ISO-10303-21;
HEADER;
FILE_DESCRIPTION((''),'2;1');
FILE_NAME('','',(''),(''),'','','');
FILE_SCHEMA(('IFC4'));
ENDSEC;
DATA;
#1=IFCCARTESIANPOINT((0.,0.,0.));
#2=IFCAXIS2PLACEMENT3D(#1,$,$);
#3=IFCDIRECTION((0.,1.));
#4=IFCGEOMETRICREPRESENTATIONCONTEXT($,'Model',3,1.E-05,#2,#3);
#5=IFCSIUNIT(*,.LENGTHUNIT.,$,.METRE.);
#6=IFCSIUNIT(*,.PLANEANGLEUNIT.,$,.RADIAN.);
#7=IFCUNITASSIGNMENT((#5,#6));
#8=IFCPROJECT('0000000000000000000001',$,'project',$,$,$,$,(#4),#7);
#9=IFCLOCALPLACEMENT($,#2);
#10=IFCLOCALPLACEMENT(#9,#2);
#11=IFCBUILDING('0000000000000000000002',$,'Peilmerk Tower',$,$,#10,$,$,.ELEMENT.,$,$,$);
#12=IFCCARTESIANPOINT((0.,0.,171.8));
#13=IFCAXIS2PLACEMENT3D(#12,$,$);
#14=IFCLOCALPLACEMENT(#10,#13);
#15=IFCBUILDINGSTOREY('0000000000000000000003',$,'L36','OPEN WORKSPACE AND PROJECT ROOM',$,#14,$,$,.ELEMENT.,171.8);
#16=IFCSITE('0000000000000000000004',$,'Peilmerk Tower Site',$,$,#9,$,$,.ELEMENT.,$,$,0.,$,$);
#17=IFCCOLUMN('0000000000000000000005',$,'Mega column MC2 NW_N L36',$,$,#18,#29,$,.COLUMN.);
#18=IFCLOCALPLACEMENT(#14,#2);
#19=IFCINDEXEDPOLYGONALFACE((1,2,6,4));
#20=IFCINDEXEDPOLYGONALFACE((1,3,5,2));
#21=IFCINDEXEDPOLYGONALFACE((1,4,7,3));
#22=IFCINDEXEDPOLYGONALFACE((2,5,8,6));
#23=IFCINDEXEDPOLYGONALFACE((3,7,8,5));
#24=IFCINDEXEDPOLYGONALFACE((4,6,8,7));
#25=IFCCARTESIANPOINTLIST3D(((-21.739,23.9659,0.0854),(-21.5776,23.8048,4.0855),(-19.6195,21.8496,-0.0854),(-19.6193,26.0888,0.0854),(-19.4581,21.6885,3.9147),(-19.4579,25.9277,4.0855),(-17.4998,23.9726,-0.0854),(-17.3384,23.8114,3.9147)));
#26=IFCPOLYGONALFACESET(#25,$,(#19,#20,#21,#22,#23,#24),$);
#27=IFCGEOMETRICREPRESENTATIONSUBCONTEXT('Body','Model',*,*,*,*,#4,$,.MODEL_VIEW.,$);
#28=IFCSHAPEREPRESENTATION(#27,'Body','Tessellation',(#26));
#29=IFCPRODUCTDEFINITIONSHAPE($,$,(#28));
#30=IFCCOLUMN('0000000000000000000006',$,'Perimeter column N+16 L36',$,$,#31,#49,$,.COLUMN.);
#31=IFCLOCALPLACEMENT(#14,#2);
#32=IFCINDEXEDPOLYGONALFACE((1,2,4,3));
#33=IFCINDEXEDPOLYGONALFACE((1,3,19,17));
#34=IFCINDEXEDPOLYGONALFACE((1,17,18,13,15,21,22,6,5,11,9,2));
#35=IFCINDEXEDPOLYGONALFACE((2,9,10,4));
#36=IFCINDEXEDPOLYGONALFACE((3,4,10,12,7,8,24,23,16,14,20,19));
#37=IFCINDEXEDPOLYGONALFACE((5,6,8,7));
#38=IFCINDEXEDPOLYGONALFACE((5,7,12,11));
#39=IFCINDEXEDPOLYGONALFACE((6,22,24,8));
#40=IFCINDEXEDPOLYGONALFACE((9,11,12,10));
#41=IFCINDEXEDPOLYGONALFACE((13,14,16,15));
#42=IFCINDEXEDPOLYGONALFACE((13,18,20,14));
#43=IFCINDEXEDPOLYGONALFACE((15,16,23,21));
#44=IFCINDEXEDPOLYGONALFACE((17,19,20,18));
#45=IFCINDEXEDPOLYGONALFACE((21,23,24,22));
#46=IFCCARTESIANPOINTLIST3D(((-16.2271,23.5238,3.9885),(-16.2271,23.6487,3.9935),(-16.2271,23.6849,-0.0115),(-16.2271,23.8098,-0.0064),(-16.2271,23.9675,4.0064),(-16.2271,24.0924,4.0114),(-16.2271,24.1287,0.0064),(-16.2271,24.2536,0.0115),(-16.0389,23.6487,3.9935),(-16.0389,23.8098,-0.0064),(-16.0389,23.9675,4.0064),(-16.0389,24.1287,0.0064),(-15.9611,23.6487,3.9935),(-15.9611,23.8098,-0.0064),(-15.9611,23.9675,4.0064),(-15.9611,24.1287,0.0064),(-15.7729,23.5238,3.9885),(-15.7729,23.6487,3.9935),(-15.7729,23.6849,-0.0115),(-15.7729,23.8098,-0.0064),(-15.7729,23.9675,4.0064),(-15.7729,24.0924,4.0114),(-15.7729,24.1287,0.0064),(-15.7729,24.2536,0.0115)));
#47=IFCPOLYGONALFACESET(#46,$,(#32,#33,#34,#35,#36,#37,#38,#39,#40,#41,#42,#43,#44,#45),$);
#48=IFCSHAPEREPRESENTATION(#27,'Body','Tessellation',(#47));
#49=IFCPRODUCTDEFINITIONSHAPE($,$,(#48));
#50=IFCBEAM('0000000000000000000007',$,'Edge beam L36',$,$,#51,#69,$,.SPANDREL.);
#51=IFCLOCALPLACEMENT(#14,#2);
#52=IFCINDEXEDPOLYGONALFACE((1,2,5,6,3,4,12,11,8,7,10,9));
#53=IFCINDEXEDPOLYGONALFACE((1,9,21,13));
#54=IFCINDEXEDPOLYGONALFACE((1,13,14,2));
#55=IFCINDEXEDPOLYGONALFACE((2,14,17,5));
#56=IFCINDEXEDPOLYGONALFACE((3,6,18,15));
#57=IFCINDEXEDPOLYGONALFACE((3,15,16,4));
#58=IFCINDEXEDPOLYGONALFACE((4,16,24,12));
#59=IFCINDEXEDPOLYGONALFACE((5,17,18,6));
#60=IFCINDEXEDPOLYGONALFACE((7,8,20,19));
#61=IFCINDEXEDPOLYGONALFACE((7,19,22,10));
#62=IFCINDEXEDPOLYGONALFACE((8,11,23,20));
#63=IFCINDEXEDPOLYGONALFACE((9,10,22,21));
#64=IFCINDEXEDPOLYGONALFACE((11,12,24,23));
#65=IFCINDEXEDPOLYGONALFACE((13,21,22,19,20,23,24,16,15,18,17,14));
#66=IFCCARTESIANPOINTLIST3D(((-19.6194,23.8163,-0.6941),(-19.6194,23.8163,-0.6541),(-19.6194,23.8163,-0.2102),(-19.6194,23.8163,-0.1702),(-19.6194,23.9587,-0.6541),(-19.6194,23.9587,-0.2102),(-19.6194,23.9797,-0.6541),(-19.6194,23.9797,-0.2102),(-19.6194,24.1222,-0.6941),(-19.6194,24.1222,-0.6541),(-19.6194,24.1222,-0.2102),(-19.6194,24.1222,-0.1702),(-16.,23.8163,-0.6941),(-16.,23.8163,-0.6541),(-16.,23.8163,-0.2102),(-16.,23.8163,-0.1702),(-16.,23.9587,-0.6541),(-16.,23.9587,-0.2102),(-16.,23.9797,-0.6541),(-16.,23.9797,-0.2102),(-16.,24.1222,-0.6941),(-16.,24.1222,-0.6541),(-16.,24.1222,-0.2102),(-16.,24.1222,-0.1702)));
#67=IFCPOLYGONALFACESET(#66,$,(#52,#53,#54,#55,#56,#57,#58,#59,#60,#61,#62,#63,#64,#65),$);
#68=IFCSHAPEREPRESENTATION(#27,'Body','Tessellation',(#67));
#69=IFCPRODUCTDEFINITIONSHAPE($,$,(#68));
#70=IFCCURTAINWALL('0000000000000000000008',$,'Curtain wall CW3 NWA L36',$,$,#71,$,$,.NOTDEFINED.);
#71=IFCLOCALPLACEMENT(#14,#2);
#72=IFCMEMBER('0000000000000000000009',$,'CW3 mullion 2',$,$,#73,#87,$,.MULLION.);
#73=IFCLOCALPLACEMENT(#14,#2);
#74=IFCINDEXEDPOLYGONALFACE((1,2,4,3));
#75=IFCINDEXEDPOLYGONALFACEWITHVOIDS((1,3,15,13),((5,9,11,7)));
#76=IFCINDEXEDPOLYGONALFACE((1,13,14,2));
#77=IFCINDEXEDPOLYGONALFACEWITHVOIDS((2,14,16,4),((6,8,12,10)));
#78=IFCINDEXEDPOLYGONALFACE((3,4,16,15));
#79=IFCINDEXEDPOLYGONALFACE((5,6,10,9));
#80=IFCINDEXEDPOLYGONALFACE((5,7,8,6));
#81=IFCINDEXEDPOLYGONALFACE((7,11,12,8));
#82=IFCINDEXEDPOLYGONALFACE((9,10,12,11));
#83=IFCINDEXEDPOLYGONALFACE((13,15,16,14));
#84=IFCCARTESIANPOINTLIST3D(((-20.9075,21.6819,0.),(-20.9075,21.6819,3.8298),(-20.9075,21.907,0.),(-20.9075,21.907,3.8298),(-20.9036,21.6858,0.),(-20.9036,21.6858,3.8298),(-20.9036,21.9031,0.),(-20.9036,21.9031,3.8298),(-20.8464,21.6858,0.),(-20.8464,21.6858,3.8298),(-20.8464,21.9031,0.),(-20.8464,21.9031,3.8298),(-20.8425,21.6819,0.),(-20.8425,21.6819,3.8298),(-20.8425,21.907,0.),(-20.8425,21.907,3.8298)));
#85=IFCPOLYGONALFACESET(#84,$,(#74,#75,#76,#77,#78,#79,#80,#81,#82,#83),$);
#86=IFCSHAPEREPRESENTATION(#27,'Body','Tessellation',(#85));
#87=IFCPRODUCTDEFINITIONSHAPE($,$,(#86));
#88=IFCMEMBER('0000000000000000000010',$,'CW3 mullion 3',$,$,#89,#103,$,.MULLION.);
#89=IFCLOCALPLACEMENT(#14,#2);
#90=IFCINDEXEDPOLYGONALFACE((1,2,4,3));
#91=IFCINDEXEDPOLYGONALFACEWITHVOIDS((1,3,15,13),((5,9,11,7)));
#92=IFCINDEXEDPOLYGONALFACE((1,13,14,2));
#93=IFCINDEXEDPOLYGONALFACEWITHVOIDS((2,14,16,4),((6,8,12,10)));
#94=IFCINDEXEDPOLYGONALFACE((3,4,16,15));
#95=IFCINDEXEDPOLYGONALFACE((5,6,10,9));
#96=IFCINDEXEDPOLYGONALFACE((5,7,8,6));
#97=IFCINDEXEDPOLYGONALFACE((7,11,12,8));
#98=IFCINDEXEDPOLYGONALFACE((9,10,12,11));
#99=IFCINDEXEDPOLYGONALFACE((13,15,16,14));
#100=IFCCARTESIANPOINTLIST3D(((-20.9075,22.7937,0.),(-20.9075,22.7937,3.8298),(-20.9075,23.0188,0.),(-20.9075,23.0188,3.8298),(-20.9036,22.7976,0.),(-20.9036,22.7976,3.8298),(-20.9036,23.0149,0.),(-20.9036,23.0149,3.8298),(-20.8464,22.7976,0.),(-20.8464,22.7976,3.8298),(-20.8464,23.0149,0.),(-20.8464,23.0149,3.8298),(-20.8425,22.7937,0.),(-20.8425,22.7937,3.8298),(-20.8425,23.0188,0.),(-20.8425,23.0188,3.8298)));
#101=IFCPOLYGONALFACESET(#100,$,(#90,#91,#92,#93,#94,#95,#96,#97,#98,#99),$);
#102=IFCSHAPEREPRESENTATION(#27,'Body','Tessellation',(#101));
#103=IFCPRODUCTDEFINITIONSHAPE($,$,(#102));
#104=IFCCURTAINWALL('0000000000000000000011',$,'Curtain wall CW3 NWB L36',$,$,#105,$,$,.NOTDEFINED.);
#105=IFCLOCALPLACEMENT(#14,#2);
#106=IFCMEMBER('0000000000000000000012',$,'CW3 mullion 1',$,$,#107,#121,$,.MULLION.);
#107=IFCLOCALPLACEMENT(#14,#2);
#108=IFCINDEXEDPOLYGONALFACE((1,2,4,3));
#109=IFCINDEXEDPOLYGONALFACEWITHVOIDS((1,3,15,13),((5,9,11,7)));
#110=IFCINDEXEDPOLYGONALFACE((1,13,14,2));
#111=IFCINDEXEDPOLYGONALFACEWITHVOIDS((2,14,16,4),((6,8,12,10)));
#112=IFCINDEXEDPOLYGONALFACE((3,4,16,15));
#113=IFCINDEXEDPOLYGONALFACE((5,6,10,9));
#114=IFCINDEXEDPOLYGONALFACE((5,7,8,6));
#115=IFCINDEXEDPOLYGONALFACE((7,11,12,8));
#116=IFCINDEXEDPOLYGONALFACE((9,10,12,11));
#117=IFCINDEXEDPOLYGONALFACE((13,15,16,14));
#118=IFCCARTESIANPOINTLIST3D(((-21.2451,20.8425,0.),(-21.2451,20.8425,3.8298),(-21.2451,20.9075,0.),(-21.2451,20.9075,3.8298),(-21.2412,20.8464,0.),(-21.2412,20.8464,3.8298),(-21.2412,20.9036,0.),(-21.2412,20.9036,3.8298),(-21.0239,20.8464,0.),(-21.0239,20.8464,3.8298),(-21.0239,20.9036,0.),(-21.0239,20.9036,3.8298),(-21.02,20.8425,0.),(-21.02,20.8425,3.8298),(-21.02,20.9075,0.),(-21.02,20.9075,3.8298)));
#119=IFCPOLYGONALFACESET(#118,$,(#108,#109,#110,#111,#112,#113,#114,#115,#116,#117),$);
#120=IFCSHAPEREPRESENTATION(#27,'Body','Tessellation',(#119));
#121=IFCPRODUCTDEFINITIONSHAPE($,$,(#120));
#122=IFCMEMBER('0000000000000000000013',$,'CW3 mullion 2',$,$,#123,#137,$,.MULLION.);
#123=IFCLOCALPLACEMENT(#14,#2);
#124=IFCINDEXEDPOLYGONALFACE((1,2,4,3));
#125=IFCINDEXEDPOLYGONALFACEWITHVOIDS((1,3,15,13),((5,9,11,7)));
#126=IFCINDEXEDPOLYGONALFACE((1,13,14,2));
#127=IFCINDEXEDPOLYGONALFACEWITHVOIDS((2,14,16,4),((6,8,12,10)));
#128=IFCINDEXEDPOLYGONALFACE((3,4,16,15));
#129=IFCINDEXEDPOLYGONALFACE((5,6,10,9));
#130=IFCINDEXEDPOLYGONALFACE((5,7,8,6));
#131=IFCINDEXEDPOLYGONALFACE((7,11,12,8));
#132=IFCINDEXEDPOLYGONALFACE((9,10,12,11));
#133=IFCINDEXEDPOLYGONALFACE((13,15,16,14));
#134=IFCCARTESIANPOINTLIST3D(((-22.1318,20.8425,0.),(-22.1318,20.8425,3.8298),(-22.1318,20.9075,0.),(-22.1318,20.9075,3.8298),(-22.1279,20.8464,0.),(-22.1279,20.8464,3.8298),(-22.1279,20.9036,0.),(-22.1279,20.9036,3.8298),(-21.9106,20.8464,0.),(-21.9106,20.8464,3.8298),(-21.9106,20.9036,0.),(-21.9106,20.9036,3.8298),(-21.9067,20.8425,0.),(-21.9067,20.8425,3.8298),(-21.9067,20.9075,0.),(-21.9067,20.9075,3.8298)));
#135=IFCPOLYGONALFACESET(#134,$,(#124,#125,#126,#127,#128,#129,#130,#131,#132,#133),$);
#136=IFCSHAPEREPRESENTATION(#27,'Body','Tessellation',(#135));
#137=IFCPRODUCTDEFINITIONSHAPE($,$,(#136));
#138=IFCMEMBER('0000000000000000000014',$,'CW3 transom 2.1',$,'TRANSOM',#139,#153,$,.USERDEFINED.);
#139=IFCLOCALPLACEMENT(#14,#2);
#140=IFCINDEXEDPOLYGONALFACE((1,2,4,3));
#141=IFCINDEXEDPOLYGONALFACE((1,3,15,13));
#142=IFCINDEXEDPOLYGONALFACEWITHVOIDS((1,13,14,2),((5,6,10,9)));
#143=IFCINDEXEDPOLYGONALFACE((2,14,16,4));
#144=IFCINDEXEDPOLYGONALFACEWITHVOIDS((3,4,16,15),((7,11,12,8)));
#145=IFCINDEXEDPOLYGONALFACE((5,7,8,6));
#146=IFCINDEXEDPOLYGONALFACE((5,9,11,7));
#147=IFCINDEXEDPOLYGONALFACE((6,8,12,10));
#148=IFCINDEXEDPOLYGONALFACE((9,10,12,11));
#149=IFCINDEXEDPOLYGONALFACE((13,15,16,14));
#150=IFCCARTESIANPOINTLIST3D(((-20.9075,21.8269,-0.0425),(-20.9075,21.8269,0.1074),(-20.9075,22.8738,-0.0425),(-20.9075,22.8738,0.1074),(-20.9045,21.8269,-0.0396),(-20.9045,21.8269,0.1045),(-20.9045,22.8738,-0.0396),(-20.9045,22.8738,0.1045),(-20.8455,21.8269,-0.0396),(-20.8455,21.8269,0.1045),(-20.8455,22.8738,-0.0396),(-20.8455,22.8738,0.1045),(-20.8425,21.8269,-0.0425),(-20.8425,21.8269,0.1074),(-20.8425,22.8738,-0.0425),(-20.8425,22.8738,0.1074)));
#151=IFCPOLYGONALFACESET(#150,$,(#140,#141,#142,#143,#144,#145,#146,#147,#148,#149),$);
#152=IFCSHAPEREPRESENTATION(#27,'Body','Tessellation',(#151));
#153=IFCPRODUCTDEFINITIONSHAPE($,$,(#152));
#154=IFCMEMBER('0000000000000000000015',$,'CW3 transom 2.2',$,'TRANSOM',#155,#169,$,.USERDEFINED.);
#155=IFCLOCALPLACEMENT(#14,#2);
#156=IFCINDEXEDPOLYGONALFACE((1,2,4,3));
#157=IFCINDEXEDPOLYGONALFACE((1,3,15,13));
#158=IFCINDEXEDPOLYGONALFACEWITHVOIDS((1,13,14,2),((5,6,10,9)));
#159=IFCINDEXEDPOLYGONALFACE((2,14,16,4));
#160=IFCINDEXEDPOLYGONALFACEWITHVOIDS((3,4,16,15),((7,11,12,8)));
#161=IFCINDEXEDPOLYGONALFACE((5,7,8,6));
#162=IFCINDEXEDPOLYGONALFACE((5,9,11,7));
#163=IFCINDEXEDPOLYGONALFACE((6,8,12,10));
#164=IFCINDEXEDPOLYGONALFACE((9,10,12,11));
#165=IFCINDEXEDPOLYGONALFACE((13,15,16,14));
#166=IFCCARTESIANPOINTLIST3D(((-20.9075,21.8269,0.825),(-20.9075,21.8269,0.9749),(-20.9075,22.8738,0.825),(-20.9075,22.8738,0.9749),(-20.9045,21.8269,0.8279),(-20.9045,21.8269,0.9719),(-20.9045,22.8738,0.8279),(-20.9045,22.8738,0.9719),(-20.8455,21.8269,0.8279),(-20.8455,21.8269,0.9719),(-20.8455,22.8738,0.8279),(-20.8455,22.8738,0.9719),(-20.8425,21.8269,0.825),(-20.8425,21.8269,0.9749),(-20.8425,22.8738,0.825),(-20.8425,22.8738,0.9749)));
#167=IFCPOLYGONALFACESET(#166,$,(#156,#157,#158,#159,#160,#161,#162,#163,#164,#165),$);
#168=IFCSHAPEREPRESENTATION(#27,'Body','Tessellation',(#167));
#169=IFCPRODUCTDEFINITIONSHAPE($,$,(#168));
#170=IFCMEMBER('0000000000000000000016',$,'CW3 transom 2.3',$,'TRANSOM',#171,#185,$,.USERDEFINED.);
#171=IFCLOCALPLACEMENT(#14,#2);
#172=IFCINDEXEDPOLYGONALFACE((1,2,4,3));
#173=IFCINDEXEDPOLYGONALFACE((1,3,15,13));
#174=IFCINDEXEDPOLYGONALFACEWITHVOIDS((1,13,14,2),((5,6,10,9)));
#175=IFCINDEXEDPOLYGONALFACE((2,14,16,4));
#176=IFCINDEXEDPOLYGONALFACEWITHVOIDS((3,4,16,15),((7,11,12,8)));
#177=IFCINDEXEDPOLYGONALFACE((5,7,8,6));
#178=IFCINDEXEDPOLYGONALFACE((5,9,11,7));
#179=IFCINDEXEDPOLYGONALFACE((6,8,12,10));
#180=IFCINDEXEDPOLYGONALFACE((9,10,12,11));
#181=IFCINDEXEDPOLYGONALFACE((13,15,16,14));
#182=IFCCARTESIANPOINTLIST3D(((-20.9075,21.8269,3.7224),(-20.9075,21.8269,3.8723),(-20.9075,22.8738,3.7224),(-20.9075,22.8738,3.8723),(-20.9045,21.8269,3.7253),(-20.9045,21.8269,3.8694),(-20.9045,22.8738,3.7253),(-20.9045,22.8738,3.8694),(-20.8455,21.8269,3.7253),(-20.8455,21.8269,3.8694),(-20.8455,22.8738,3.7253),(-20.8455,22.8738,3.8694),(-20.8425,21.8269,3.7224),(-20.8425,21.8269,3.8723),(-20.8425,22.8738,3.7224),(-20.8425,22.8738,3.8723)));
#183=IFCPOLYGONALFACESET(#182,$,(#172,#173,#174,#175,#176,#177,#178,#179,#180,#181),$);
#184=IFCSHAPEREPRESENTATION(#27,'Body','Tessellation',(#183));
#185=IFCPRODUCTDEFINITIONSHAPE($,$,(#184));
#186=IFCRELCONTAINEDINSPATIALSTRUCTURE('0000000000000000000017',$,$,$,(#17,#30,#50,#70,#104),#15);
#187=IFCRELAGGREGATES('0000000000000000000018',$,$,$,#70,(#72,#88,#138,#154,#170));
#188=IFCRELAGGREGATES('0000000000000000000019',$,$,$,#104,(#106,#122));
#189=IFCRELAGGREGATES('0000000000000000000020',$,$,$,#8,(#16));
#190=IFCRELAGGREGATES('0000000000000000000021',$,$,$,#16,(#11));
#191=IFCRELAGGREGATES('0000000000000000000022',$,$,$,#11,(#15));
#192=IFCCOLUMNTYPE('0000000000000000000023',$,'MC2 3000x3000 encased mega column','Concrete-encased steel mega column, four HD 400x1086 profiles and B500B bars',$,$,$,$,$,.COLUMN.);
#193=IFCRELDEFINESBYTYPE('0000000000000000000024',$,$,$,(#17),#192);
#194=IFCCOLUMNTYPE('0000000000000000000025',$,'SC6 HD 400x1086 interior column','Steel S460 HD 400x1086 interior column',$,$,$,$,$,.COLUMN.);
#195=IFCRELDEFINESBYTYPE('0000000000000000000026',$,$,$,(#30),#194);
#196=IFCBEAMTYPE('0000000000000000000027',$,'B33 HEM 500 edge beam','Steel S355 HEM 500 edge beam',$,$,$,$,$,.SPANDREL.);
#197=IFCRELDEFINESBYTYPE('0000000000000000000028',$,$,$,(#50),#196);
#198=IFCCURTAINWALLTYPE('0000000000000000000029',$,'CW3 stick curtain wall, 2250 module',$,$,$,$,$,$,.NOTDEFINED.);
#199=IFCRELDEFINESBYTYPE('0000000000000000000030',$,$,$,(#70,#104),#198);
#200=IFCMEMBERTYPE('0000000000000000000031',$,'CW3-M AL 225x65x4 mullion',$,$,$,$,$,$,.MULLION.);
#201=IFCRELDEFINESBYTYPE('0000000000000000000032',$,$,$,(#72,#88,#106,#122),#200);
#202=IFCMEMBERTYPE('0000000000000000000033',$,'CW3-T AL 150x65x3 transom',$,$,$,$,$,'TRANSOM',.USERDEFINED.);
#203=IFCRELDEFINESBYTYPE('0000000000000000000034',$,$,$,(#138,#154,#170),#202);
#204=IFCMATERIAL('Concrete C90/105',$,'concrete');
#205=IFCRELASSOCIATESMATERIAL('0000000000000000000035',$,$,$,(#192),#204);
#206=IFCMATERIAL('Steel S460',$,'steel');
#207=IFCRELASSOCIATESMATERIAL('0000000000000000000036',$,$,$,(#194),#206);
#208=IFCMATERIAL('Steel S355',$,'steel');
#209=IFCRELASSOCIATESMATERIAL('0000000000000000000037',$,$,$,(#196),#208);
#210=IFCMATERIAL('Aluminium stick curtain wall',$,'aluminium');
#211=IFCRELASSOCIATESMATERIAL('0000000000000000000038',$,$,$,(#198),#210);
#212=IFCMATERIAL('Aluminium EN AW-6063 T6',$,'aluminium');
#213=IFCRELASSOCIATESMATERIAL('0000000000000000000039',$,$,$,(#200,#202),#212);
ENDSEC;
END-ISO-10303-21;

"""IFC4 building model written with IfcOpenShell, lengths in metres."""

from ifc_helpers import new_model, si_unit, direction, frame, origin, origin_2d, place, context, subcontext, project, spatial, rectangle, hollow_rectangle, i_section, extrude, material, material_profile, profile_set, type_object, element, aggregate, save


model = new_model("IFC4")

# Units and contexts
model_context = context("Model", 3, precision=1e-05, world=origin(), true_north=direction((0.0, 1.0)))
body_context = subcontext(model_context, "Body", "Model", "MODEL_VIEW")
ifc_project = project(units=[si_unit("LENGTHUNIT", "METRE"), si_unit("PLANEANGLEUNIT", "RADIAN")], contexts=[model_context])

# Site, building, storey
site_placement = place(None, origin())
site = spatial("IfcSite", under=ifc_project, at=site_placement, Name="Peilmerk Tower Site", CompositionType="ELEMENT", RefElevation=0.0)
building_placement = place(site_placement, origin())
building = spatial("IfcBuilding", under=site, at=building_placement, Name="Peilmerk Tower", CompositionType="ELEMENT")
storey_placement = place(building_placement, frame((0.0, 0.0, 171.8)))
storey = spatial("IfcBuildingStorey", under=building, at=storey_placement, Name="L36", Description="OPEN WORKSPACE AND PROJECT ROOM", CompositionType="ELEMENT", Elevation=171.8)

# Columns
ifc_material_1 = material(Name="Concrete C90/105", Category="concrete")
ifc_material_profile_1 = material_profile(ifc_material_1, rectangle(XDim=3.0, YDim=3.0, at=origin_2d()), Name="RC 3000x3000")
ifc_profile_set_1 = profile_set([ifc_material_profile_1], Name="Concrete C90/105")
column_type_1 = type_object("IfcColumnType", Name="MC2 3000x3000 encased mega column", Description="Concrete-encased steel mega column, four HD 400x1086 profiles and B500B bars", PredefinedType="COLUMN", material=ifc_profile_set_1)
column_1_placement = place(storey_placement, frame((-19.6194, 23.9692, 0.0), z_axis=(0.040279, -0.040218, 0.998379), x_axis=(0.706571, 0.707642, 0.0)))
element("IfcColumn", 1, at=column_1_placement, inside=storey, type_object=column_type_1, Name="Mega column MC2 NW_N L36", PredefinedType="COLUMN", context=body_context, shape_type="SweptSolid", body=[
    extrude(rectangle(XDim=3.0, YDim=3.0, at=origin_2d()), origin(), (0.0, 0.0, 1.0), 4.0066),
])
ifc_material_2 = material(Name="Steel S460", Category="steel")
ifc_material_profile_2 = material_profile(ifc_material_2, i_section(OverallWidth=0.4541, OverallDepth=0.5691, WebThickness=0.0779, FlangeThickness=0.125, at=origin_2d()), Name="HD 400x1086")
ifc_profile_set_2 = profile_set([ifc_material_profile_2], Name="Steel S460")
column_type_2 = type_object("IfcColumnType", Name="SC6 HD 400x1086 interior column", Description="Steel S460 HD 400x1086 interior column", PredefinedType="COLUMN", material=ifc_profile_set_2)
column_2_placement = place(storey_placement, frame((-16.0, 23.9692, 0.0), z_axis=(0.0, -0.040251, 0.99919), x_axis=(1.0, 0.0, 0.0)))
element("IfcColumn", 2, at=column_2_placement, inside=storey, type_object=column_type_2, Name="Perimeter column N+16 L36", PredefinedType="COLUMN", context=body_context, shape_type="SweptSolid", body=[
    extrude(i_section(OverallWidth=0.4541, OverallDepth=0.5691, WebThickness=0.0779, FlangeThickness=0.125, at=origin_2d()), origin(), (0.0, 0.0, 1.0), 4.0032),
])

# Beam
ifc_material_3 = material(Name="Steel S355", Category="steel")
ifc_material_profile_3 = material_profile(ifc_material_3, i_section(OverallWidth=0.3059, OverallDepth=0.5239, WebThickness=0.021, FlangeThickness=0.04, at=origin_2d()), Name="HEM 500")
ifc_profile_set_3 = profile_set([ifc_material_profile_3], Name="Steel S355")
beam_type = type_object("IfcBeamType", Name="B33 HEM 500 edge beam", Description="Steel S355 HEM 500 edge beam", PredefinedType="SPANDREL", material=ifc_profile_set_3)
beam_placement = place(storey_placement, frame((-16.0, 23.9692, -0.4321), z_axis=(-1.0, 0.0, 0.0), x_axis=(0.0, -1.0, 0.0)))
element("IfcBeam", 3, at=beam_placement, inside=storey, type_object=beam_type, Name="Edge beam L36", PredefinedType="SPANDREL", context=body_context, shape_type="SweptSolid", body=[
    extrude(i_section(OverallWidth=0.3059, OverallDepth=0.5239, WebThickness=0.021, FlangeThickness=0.04, at=origin_2d()), origin(), (0.0, 0.0, 1.0), 3.6194),
])

# Curtain walls, members
ifc_material_4 = material(Name="Aluminium stick curtain wall", Category="aluminium")
curtain_wall_type = type_object("IfcCurtainWallType", Name="CW3 stick curtain wall, 2250 module", PredefinedType="NOTDEFINED", material=ifc_material_4)
curtain_wall_1_placement = place(storey_placement, origin())
curtain_wall_1 = element("IfcCurtainWall", 4, at=curtain_wall_1_placement, inside=storey, type_object=curtain_wall_type, Name="Curtain wall CW3 NWA L36", PredefinedType="NOTDEFINED")
ifc_material_5 = material(Name="Aluminium EN AW-6063 T6", Category="aluminium")
ifc_material_profile_4 = material_profile(ifc_material_5, hollow_rectangle(XDim=0.0649, YDim=0.2251, WallThickness=0.0039, at=origin_2d()), Name="AL 225x65x4")
ifc_profile_set_4 = profile_set([ifc_material_profile_4], Name="Aluminium EN AW-6063 T6")
member_type_1 = type_object("IfcMemberType", Name="CW3-M AL 225x65x4 mullion", PredefinedType="MULLION", material=ifc_profile_set_4)
member_1_placement = place(storey_placement, frame((-20.875, 21.7944, 0.0), z_axis=(0.0, 0.0, 1.0), x_axis=(-1.0, 0.0, 0.0)))
member_1 = element("IfcMember", 5, at=member_1_placement, type_object=member_type_1, Name="CW3 mullion 2", PredefinedType="MULLION", context=body_context, shape_type="SweptSolid", body=[
    extrude(hollow_rectangle(XDim=0.0649, YDim=0.2251, WallThickness=0.0039, at=origin_2d()), origin(), (0.0, 0.0, 1.0), 3.8298),
])
member_2_placement = place(storey_placement, frame((-20.875, 22.9062, 0.0), z_axis=(0.0, 0.0, 1.0), x_axis=(-1.0, 0.0, 0.0)))
member_2 = element("IfcMember", 6, at=member_2_placement, type_object=member_type_1, Name="CW3 mullion 3", PredefinedType="MULLION", context=body_context, shape_type="SweptSolid", body=[
    extrude(hollow_rectangle(XDim=0.0649, YDim=0.2251, WallThickness=0.0039, at=origin_2d()), origin(), (0.0, 0.0, 1.0), 3.8298),
])
curtain_wall_2_placement = place(storey_placement, origin())
curtain_wall_2 = element("IfcCurtainWall", 7, at=curtain_wall_2_placement, inside=storey, type_object=curtain_wall_type, Name="Curtain wall CW3 NWB L36", PredefinedType="NOTDEFINED")
member_3_placement = place(storey_placement, frame((-21.1326, 20.875, 0.0), z_axis=(0.0, 0.0, 1.0), x_axis=(0.0, -1.0, 0.0)))
member_3 = element("IfcMember", 8, at=member_3_placement, type_object=member_type_1, Name="CW3 mullion 1", PredefinedType="MULLION", context=body_context, shape_type="SweptSolid", body=[
    extrude(hollow_rectangle(XDim=0.0649, YDim=0.2251, WallThickness=0.0039, at=origin_2d()), origin(), (0.0, 0.0, 1.0), 3.8298),
])
member_4_placement = place(storey_placement, frame((-22.0193, 20.875, 0.0), z_axis=(0.0, 0.0, 1.0), x_axis=(0.0, -1.0, 0.0)))
member_4 = element("IfcMember", 9, at=member_4_placement, type_object=member_type_1, Name="CW3 mullion 2", PredefinedType="MULLION", context=body_context, shape_type="SweptSolid", body=[
    extrude(hollow_rectangle(XDim=0.0649, YDim=0.2251, WallThickness=0.0039, at=origin_2d()), origin(), (0.0, 0.0, 1.0), 3.8298),
])

# Members
ifc_material_profile_5 = material_profile(ifc_material_5, hollow_rectangle(XDim=0.0649, YDim=0.1499, WallThickness=0.0029, at=origin_2d()), Name="AL 150x65x3")
ifc_profile_set_5 = profile_set([ifc_material_profile_5], Name="Aluminium EN AW-6063 T6")
member_type_2 = type_object("IfcMemberType", Name="CW3-T AL 150x65x3 transom", ElementType="TRANSOM", PredefinedType="USERDEFINED", material=ifc_profile_set_5)
member_5_placement = place(storey_placement, frame((-20.875, 21.8269, 0.0325), z_axis=(0.0, 1.0, 0.0), x_axis=(-1.0, 0.0, 0.0)))
member_5 = element("IfcMember", 10, at=member_5_placement, type_object=member_type_2, Name="CW3 transom 2.1", ObjectType="TRANSOM", PredefinedType="USERDEFINED", context=body_context, shape_type="SweptSolid", body=[
    extrude(hollow_rectangle(XDim=0.0649, YDim=0.1499, WallThickness=0.0029, at=origin_2d()), origin(), (0.0, 0.0, 1.0), 1.0469),
])
member_6_placement = place(storey_placement, frame((-20.875, 21.8269, 0.8999), z_axis=(0.0, 1.0, 0.0), x_axis=(-1.0, 0.0, 0.0)))
member_6 = element("IfcMember", 11, at=member_6_placement, type_object=member_type_2, Name="CW3 transom 2.2", ObjectType="TRANSOM", PredefinedType="USERDEFINED", context=body_context, shape_type="SweptSolid", body=[
    extrude(hollow_rectangle(XDim=0.0649, YDim=0.1499, WallThickness=0.0029, at=origin_2d()), origin(), (0.0, 0.0, 1.0), 1.0469),
])
member_7_placement = place(storey_placement, frame((-20.875, 21.8269, 3.7974), z_axis=(0.0, 1.0, 0.0), x_axis=(-1.0, 0.0, 0.0)))
member_7 = element("IfcMember", 12, at=member_7_placement, type_object=member_type_2, Name="CW3 transom 2.3", ObjectType="TRANSOM", PredefinedType="USERDEFINED", context=body_context, shape_type="SweptSolid", body=[
    extrude(hollow_rectangle(XDim=0.0649, YDim=0.1499, WallThickness=0.0029, at=origin_2d()), origin(), (0.0, 0.0, 1.0), 1.0469),
])

aggregate(curtain_wall_1, [member_1, member_2, member_5, member_6, member_7])
aggregate(curtain_wall_2, [member_3, member_4])

save(model, "model.ifc")
